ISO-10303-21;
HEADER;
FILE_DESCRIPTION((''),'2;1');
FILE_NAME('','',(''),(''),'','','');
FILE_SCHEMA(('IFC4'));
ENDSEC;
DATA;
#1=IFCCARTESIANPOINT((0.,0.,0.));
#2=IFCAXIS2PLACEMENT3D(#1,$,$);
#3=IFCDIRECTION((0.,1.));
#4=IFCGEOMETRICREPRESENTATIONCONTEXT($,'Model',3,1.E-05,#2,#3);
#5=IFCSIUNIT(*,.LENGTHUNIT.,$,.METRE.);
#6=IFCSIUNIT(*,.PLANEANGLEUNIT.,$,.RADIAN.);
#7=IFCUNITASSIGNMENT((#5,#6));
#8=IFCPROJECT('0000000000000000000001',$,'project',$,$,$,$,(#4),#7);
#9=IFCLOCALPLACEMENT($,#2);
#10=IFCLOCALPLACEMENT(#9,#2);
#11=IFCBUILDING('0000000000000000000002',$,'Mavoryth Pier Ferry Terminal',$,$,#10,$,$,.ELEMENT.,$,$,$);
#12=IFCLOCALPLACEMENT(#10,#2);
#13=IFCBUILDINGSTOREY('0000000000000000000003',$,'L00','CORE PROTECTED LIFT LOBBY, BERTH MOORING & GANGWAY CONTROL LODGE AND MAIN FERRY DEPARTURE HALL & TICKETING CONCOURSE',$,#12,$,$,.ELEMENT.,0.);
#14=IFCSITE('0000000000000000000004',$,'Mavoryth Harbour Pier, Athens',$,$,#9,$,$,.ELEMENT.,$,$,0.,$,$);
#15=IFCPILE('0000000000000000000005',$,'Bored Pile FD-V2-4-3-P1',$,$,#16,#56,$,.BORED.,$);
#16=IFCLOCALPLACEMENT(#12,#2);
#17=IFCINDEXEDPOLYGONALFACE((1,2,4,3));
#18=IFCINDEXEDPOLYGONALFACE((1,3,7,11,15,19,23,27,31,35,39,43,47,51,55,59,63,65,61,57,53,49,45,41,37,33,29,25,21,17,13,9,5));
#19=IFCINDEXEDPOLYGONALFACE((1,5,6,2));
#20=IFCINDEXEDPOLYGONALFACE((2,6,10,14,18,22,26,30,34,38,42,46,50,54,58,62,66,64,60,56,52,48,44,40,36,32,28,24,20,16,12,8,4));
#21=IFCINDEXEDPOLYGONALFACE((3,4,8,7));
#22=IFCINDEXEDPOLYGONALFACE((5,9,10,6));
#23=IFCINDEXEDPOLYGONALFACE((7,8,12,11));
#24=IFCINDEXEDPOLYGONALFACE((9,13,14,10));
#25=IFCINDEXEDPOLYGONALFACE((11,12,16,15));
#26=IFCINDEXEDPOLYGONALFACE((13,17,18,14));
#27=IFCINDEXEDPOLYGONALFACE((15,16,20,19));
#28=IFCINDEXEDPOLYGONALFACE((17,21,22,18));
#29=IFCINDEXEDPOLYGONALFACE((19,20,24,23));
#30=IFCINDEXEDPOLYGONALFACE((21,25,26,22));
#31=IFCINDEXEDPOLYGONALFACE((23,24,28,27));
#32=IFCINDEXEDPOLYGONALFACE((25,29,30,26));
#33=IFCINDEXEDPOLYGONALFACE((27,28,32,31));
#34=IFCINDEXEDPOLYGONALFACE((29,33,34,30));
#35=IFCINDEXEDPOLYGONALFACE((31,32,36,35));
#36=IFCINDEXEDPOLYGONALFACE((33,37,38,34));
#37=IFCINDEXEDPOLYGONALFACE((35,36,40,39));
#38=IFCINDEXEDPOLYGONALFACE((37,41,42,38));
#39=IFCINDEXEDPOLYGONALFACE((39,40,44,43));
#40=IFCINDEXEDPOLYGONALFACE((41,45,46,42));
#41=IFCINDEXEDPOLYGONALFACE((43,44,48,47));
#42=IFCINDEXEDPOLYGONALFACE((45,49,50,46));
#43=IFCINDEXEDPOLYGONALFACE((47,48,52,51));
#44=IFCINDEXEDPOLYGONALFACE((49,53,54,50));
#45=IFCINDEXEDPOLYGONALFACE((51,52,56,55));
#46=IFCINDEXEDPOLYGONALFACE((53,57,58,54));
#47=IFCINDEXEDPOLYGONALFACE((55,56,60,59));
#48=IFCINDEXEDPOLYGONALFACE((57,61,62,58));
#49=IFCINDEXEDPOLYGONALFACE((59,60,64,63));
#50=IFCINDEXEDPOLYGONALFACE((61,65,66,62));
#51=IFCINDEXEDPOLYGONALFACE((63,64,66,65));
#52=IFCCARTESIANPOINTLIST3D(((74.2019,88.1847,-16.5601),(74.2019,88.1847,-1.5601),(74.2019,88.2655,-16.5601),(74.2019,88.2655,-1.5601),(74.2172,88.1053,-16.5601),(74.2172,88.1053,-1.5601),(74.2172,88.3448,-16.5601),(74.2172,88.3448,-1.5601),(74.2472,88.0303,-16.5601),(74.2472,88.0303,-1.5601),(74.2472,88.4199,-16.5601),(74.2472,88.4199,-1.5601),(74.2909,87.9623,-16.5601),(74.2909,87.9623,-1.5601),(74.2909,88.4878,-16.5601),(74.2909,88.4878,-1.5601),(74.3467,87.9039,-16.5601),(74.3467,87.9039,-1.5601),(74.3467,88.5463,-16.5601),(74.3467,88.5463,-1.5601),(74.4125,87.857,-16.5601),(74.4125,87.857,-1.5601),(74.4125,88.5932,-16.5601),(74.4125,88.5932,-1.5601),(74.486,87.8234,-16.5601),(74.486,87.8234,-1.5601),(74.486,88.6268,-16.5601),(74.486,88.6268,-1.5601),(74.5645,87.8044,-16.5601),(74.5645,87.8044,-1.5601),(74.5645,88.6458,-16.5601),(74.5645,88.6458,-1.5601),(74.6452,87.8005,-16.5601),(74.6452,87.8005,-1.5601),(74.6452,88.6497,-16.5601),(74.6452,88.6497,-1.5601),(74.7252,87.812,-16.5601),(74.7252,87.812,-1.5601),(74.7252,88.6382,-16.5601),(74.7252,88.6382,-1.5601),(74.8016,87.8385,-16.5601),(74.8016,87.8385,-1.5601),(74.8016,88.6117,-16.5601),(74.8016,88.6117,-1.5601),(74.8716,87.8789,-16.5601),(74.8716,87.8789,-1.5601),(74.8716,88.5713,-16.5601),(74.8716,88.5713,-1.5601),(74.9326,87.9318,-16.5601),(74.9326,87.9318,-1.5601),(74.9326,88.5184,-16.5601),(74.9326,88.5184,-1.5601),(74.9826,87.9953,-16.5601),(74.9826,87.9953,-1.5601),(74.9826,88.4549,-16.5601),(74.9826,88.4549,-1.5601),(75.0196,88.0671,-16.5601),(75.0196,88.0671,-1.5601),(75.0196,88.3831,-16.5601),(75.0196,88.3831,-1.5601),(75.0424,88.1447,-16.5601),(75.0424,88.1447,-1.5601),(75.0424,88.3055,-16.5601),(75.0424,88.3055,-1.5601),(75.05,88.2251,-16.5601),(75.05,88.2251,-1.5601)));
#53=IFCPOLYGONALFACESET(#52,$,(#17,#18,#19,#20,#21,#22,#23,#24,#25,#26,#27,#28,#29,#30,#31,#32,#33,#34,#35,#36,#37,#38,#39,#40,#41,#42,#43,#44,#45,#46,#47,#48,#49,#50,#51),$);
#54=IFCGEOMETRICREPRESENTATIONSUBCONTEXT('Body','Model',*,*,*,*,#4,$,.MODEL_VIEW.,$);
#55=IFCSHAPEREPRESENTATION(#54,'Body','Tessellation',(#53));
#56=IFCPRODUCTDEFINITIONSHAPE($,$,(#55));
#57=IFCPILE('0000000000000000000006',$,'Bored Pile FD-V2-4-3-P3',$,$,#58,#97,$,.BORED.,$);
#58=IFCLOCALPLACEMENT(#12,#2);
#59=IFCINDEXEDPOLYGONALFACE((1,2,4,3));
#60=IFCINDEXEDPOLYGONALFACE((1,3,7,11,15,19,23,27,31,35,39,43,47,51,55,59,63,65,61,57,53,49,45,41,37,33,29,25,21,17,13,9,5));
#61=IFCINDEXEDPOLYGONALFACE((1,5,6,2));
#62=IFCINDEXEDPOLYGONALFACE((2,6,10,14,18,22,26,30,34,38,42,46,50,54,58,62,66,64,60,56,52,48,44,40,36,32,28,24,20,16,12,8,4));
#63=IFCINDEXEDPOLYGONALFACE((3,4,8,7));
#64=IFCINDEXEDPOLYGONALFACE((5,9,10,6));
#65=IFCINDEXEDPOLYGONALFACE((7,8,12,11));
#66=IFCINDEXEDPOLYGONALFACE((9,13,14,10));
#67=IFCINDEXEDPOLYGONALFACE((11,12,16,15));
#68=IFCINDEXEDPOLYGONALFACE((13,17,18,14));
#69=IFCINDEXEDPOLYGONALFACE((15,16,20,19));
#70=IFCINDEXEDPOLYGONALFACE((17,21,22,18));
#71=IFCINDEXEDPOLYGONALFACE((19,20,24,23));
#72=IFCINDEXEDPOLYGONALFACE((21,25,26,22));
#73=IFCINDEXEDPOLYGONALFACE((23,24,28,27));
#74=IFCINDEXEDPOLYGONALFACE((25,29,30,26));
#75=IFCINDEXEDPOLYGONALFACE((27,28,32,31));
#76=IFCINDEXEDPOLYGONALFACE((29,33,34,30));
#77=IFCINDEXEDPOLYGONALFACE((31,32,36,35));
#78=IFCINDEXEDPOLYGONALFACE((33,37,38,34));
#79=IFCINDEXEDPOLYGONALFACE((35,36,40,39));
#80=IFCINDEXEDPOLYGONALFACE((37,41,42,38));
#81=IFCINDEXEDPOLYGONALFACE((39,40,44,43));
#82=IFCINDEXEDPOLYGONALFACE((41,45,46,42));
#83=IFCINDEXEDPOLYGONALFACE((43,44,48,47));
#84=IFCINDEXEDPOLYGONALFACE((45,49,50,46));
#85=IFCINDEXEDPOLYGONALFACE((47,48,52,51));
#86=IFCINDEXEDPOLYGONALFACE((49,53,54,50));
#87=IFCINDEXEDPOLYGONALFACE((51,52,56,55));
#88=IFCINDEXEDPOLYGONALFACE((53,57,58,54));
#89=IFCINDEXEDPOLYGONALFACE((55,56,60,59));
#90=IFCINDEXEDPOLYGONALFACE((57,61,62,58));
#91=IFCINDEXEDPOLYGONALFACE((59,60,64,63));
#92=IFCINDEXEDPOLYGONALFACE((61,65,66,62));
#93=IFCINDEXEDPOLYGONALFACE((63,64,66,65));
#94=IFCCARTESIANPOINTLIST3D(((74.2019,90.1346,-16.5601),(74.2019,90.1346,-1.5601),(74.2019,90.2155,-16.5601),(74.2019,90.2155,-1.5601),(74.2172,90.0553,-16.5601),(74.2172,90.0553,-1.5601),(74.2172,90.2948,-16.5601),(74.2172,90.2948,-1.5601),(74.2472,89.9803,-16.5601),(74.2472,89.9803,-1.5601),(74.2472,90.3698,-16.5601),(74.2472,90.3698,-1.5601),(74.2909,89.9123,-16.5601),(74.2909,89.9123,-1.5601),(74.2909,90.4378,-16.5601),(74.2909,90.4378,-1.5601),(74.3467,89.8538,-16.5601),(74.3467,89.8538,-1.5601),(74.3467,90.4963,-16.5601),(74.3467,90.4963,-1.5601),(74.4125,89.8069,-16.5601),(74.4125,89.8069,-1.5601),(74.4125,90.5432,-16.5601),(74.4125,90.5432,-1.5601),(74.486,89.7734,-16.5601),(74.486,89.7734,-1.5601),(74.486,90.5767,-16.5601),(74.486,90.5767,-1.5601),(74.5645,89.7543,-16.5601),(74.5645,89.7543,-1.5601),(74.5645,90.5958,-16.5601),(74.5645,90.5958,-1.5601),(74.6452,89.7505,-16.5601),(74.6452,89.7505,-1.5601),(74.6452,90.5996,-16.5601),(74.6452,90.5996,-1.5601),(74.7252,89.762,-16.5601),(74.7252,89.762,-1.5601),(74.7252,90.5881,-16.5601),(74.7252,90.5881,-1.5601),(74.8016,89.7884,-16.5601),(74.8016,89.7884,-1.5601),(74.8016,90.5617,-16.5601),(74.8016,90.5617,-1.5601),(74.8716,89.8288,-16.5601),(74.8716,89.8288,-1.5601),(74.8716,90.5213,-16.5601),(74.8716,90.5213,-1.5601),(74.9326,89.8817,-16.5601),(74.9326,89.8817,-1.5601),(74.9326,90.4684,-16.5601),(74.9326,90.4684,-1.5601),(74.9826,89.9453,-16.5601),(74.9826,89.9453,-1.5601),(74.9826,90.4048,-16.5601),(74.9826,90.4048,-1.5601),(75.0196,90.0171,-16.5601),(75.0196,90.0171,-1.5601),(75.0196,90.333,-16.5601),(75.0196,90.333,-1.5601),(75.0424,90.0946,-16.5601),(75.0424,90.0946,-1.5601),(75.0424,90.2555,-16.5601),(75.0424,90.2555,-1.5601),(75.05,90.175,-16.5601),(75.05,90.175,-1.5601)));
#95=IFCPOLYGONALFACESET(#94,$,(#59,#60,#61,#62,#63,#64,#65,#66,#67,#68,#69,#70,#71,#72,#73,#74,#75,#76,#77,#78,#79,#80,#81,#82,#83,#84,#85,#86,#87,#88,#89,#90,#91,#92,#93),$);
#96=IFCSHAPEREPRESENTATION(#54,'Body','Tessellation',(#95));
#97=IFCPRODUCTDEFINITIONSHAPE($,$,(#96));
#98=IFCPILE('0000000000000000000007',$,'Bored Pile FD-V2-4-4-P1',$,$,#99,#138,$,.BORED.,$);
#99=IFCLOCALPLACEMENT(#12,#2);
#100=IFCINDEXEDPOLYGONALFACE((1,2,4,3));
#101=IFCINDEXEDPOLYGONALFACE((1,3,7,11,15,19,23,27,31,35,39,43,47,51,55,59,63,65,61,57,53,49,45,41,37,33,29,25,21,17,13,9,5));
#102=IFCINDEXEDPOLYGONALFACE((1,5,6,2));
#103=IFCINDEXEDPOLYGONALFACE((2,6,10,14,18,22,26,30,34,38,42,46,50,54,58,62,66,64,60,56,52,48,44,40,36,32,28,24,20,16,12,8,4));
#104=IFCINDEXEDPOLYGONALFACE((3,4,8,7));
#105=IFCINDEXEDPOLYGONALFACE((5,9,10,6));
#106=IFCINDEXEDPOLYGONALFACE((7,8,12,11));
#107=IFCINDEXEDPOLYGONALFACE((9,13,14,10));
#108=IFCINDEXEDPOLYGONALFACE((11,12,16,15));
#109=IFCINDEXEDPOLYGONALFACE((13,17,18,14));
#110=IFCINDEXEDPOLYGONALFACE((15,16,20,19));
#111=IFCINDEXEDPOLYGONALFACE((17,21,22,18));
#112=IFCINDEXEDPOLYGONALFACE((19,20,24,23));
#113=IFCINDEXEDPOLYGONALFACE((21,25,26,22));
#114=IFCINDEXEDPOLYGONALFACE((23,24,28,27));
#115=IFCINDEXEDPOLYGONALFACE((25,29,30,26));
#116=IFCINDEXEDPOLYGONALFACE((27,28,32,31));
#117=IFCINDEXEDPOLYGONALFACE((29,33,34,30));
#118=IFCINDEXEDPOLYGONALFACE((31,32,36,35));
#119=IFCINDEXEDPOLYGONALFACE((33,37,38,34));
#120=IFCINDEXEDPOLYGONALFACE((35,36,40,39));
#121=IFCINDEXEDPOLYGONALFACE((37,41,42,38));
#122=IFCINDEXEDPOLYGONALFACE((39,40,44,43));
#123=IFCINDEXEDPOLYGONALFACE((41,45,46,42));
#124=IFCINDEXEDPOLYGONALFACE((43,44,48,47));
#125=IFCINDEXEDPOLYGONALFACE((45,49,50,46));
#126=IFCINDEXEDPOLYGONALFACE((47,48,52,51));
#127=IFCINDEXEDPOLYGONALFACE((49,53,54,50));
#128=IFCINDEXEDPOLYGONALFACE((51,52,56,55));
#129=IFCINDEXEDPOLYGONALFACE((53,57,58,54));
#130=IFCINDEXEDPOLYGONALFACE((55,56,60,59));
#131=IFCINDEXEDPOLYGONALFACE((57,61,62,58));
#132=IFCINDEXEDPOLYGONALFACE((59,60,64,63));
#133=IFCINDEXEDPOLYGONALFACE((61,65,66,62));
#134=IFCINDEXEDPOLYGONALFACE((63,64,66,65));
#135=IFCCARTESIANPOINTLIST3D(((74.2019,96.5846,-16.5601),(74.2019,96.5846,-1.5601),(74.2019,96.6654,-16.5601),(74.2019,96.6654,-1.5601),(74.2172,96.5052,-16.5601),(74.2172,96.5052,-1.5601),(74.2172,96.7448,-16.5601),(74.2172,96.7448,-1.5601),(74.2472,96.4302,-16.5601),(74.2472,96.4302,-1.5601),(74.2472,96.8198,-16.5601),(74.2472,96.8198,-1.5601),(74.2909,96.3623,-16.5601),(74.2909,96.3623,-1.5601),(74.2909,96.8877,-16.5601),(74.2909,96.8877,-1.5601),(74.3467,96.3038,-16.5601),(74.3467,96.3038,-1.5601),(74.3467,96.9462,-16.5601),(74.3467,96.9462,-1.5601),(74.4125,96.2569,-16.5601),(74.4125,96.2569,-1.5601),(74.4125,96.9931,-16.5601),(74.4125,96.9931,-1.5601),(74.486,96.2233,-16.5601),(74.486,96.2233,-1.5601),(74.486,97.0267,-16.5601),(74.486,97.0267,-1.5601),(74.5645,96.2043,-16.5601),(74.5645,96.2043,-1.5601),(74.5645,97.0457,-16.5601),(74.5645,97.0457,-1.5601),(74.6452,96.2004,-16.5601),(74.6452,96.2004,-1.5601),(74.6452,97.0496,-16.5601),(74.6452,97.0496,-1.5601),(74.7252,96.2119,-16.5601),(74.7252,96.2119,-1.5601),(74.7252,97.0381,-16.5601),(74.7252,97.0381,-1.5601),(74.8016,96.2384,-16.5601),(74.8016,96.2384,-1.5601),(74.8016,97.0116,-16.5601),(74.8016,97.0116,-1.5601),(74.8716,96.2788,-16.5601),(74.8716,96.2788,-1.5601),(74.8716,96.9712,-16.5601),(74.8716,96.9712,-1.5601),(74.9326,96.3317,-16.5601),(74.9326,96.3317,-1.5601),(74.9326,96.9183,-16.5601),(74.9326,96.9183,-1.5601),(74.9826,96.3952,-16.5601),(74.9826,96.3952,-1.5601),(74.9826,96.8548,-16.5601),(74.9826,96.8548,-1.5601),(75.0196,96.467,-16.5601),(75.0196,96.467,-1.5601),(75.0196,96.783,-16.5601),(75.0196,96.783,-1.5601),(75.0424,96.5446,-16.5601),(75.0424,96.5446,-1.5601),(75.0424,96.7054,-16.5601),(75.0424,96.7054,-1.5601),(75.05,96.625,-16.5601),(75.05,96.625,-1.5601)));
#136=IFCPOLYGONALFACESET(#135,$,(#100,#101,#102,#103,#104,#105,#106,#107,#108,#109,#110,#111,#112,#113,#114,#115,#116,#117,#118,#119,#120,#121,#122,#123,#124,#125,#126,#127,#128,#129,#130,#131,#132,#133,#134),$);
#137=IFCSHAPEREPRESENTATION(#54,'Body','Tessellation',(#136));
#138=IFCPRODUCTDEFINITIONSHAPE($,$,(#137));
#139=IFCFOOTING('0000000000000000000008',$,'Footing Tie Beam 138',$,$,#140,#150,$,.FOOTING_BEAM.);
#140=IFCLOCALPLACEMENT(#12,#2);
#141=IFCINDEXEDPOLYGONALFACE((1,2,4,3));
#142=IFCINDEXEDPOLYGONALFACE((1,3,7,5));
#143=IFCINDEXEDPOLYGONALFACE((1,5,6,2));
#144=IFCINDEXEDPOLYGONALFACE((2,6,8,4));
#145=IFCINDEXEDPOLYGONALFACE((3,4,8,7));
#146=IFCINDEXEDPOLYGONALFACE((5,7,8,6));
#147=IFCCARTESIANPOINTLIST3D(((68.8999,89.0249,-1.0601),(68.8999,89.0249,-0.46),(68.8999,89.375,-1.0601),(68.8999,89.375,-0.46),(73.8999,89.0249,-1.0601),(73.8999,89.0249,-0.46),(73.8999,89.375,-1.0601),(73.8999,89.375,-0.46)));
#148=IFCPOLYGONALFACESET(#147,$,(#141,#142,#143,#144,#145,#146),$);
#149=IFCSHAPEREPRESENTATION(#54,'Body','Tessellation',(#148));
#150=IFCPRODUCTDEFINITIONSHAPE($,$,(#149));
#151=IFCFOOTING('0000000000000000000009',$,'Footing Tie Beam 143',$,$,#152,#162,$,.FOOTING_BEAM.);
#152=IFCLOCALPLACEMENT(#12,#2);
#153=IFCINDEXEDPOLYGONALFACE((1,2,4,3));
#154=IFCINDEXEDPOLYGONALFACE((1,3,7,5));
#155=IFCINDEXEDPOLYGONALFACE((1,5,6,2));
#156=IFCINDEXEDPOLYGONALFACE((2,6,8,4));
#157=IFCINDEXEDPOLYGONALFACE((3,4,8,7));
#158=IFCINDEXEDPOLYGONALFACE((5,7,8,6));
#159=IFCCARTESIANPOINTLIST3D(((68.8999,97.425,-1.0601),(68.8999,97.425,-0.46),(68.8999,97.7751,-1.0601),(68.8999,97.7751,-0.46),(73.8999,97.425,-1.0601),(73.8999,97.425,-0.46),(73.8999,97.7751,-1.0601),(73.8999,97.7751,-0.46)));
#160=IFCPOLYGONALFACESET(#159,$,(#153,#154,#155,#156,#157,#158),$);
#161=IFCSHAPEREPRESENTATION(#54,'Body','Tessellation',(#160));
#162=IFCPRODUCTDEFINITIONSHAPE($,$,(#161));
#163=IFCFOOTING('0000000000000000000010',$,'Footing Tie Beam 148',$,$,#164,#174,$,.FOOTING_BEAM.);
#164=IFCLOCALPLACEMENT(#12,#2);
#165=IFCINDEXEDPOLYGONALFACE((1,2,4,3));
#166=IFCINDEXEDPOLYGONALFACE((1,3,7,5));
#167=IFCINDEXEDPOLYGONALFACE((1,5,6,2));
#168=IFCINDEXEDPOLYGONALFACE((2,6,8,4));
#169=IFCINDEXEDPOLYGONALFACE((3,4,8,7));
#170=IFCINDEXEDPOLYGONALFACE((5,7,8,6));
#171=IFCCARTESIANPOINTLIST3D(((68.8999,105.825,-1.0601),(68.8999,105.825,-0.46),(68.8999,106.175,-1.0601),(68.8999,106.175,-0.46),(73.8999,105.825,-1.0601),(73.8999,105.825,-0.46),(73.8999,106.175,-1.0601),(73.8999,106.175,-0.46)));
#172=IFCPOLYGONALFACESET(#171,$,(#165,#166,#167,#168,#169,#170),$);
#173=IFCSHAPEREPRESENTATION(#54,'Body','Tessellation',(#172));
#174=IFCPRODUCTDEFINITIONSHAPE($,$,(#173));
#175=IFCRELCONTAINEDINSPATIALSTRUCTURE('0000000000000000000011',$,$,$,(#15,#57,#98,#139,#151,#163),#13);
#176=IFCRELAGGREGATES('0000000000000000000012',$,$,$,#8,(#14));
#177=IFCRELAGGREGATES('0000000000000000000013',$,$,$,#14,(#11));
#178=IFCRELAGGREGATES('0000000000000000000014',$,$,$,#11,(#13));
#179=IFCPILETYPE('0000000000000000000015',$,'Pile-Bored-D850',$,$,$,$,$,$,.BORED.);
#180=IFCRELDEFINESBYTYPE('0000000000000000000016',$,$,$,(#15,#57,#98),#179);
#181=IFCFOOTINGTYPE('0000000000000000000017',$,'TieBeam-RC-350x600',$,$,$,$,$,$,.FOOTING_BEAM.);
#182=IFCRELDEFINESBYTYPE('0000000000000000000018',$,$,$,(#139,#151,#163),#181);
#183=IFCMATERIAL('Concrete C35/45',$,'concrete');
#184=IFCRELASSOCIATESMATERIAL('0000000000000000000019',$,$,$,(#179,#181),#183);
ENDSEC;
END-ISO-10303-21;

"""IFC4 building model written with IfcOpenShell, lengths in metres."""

from ifc_helpers import new_model, si_unit, direction, frame, origin, origin_2d, place, context, subcontext, project, spatial, rectangle, circle, extrude, material, material_profile, profile_set, type_object, element, save


model = new_model("IFC4")

# Units and contexts
model_context = context("Model", 3, precision=1e-05, world=origin(), true_north=direction((0.0, 1.0)))
body_context = subcontext(model_context, "Body", "Model", "MODEL_VIEW")
ifc_project = project(units=[si_unit("LENGTHUNIT", "METRE"), si_unit("PLANEANGLEUNIT", "RADIAN")], contexts=[model_context])

# Site, building, storey
site_placement = place(None, origin())
site = spatial("IfcSite", under=ifc_project, at=site_placement, Name="Mavoryth Harbour Pier, Athens", CompositionType="ELEMENT", RefElevation=0.0)
building_placement = place(site_placement, origin())
building = spatial("IfcBuilding", under=site, at=building_placement, Name="Mavoryth Pier Ferry Terminal", CompositionType="ELEMENT")
storey_placement = place(building_placement, origin())
storey = spatial("IfcBuildingStorey", under=building, at=storey_placement, Name="L00", Description="CORE PROTECTED LIFT LOBBY, BERTH MOORING & GANGWAY CONTROL LODGE AND MAIN FERRY DEPARTURE HALL & TICKETING CONCOURSE", CompositionType="ELEMENT", Elevation=0.0)

# Piles
ifc_material_1 = material(Name="Concrete C35/45", Category="concrete")
ifc_material_profile_1 = material_profile(ifc_material_1, circle(Radius=0.425, at=origin_2d()), Name="PILE D850", Category="concrete")
ifc_profile_set_1 = profile_set([ifc_material_profile_1], Name="Concrete C35/45 - PILE D850")
pile_type = type_object("IfcPileType", Name="Pile-Bored-D850", PredefinedType="BORED", material=ifc_profile_set_1)
for number, where, z_axis, x_axis, name in (
    (1, (74.625, 88.2251, -1.5601), (0.0, 0.0, -1.0), (1.0, 0.0, 0.0), "Bored Pile FD-V2-4-3-P1"),
    (2, (74.625, 90.175, -1.5601), (0.0, 0.0, -1.0), (1.0, 0.0, 0.0), "Bored Pile FD-V2-4-3-P3"),
    (3, (74.625, 96.625, -1.5601), (0.0, 0.0, -1.0), (1.0, 0.0, 0.0), "Bored Pile FD-V2-4-4-P1"),
):
    element("IfcPile", number, at=place(storey_placement, frame(where, z_axis=z_axis, x_axis=x_axis)), inside=storey, type_object=pile_type, Name=name, PredefinedType="BORED", context=body_context, shape_type="SweptSolid", body=[
        extrude(circle(Radius=0.425, at=origin_2d()), origin(), (0.0, 0.0, 1.0), 15.0),
    ])

# Footings
ifc_material_profile_2 = material_profile(ifc_material_1, rectangle(XDim=0.3501, YDim=0.6001, at=origin_2d()), Name="RC 350x600", Category="concrete")
ifc_profile_set_2 = profile_set([ifc_material_profile_2], Name="Concrete C35/45 - RC 350x600")
footing_type = type_object("IfcFootingType", Name="TieBeam-RC-350x600", PredefinedType="FOOTING_BEAM", material=ifc_profile_set_2)
for number, where, z_axis, x_axis, name in (
    (4, (68.8999, 89.2, -0.76), (1.0, 0.0, 0.0), (0.0, 1.0, 0.0), "Footing Tie Beam 138"),
    (5, (68.8999, 97.6001, -0.76), (1.0, 0.0, 0.0), (0.0, 1.0, 0.0), "Footing Tie Beam 143"),
    (6, (68.8999, 106.0, -0.76), (1.0, 0.0, 0.0), (0.0, 1.0, 0.0), "Footing Tie Beam 148"),
):
    element("IfcFooting", number, at=place(storey_placement, frame(where, z_axis=z_axis, x_axis=x_axis)), inside=storey, type_object=footing_type, Name=name, PredefinedType="FOOTING_BEAM", context=body_context, shape_type="SweptSolid", body=[
        extrude(rectangle(XDim=0.3501, YDim=0.6001, at=origin_2d()), origin(), (0.0, 0.0, 1.0), 5.0),
    ])

save(model, "model.ifc")
